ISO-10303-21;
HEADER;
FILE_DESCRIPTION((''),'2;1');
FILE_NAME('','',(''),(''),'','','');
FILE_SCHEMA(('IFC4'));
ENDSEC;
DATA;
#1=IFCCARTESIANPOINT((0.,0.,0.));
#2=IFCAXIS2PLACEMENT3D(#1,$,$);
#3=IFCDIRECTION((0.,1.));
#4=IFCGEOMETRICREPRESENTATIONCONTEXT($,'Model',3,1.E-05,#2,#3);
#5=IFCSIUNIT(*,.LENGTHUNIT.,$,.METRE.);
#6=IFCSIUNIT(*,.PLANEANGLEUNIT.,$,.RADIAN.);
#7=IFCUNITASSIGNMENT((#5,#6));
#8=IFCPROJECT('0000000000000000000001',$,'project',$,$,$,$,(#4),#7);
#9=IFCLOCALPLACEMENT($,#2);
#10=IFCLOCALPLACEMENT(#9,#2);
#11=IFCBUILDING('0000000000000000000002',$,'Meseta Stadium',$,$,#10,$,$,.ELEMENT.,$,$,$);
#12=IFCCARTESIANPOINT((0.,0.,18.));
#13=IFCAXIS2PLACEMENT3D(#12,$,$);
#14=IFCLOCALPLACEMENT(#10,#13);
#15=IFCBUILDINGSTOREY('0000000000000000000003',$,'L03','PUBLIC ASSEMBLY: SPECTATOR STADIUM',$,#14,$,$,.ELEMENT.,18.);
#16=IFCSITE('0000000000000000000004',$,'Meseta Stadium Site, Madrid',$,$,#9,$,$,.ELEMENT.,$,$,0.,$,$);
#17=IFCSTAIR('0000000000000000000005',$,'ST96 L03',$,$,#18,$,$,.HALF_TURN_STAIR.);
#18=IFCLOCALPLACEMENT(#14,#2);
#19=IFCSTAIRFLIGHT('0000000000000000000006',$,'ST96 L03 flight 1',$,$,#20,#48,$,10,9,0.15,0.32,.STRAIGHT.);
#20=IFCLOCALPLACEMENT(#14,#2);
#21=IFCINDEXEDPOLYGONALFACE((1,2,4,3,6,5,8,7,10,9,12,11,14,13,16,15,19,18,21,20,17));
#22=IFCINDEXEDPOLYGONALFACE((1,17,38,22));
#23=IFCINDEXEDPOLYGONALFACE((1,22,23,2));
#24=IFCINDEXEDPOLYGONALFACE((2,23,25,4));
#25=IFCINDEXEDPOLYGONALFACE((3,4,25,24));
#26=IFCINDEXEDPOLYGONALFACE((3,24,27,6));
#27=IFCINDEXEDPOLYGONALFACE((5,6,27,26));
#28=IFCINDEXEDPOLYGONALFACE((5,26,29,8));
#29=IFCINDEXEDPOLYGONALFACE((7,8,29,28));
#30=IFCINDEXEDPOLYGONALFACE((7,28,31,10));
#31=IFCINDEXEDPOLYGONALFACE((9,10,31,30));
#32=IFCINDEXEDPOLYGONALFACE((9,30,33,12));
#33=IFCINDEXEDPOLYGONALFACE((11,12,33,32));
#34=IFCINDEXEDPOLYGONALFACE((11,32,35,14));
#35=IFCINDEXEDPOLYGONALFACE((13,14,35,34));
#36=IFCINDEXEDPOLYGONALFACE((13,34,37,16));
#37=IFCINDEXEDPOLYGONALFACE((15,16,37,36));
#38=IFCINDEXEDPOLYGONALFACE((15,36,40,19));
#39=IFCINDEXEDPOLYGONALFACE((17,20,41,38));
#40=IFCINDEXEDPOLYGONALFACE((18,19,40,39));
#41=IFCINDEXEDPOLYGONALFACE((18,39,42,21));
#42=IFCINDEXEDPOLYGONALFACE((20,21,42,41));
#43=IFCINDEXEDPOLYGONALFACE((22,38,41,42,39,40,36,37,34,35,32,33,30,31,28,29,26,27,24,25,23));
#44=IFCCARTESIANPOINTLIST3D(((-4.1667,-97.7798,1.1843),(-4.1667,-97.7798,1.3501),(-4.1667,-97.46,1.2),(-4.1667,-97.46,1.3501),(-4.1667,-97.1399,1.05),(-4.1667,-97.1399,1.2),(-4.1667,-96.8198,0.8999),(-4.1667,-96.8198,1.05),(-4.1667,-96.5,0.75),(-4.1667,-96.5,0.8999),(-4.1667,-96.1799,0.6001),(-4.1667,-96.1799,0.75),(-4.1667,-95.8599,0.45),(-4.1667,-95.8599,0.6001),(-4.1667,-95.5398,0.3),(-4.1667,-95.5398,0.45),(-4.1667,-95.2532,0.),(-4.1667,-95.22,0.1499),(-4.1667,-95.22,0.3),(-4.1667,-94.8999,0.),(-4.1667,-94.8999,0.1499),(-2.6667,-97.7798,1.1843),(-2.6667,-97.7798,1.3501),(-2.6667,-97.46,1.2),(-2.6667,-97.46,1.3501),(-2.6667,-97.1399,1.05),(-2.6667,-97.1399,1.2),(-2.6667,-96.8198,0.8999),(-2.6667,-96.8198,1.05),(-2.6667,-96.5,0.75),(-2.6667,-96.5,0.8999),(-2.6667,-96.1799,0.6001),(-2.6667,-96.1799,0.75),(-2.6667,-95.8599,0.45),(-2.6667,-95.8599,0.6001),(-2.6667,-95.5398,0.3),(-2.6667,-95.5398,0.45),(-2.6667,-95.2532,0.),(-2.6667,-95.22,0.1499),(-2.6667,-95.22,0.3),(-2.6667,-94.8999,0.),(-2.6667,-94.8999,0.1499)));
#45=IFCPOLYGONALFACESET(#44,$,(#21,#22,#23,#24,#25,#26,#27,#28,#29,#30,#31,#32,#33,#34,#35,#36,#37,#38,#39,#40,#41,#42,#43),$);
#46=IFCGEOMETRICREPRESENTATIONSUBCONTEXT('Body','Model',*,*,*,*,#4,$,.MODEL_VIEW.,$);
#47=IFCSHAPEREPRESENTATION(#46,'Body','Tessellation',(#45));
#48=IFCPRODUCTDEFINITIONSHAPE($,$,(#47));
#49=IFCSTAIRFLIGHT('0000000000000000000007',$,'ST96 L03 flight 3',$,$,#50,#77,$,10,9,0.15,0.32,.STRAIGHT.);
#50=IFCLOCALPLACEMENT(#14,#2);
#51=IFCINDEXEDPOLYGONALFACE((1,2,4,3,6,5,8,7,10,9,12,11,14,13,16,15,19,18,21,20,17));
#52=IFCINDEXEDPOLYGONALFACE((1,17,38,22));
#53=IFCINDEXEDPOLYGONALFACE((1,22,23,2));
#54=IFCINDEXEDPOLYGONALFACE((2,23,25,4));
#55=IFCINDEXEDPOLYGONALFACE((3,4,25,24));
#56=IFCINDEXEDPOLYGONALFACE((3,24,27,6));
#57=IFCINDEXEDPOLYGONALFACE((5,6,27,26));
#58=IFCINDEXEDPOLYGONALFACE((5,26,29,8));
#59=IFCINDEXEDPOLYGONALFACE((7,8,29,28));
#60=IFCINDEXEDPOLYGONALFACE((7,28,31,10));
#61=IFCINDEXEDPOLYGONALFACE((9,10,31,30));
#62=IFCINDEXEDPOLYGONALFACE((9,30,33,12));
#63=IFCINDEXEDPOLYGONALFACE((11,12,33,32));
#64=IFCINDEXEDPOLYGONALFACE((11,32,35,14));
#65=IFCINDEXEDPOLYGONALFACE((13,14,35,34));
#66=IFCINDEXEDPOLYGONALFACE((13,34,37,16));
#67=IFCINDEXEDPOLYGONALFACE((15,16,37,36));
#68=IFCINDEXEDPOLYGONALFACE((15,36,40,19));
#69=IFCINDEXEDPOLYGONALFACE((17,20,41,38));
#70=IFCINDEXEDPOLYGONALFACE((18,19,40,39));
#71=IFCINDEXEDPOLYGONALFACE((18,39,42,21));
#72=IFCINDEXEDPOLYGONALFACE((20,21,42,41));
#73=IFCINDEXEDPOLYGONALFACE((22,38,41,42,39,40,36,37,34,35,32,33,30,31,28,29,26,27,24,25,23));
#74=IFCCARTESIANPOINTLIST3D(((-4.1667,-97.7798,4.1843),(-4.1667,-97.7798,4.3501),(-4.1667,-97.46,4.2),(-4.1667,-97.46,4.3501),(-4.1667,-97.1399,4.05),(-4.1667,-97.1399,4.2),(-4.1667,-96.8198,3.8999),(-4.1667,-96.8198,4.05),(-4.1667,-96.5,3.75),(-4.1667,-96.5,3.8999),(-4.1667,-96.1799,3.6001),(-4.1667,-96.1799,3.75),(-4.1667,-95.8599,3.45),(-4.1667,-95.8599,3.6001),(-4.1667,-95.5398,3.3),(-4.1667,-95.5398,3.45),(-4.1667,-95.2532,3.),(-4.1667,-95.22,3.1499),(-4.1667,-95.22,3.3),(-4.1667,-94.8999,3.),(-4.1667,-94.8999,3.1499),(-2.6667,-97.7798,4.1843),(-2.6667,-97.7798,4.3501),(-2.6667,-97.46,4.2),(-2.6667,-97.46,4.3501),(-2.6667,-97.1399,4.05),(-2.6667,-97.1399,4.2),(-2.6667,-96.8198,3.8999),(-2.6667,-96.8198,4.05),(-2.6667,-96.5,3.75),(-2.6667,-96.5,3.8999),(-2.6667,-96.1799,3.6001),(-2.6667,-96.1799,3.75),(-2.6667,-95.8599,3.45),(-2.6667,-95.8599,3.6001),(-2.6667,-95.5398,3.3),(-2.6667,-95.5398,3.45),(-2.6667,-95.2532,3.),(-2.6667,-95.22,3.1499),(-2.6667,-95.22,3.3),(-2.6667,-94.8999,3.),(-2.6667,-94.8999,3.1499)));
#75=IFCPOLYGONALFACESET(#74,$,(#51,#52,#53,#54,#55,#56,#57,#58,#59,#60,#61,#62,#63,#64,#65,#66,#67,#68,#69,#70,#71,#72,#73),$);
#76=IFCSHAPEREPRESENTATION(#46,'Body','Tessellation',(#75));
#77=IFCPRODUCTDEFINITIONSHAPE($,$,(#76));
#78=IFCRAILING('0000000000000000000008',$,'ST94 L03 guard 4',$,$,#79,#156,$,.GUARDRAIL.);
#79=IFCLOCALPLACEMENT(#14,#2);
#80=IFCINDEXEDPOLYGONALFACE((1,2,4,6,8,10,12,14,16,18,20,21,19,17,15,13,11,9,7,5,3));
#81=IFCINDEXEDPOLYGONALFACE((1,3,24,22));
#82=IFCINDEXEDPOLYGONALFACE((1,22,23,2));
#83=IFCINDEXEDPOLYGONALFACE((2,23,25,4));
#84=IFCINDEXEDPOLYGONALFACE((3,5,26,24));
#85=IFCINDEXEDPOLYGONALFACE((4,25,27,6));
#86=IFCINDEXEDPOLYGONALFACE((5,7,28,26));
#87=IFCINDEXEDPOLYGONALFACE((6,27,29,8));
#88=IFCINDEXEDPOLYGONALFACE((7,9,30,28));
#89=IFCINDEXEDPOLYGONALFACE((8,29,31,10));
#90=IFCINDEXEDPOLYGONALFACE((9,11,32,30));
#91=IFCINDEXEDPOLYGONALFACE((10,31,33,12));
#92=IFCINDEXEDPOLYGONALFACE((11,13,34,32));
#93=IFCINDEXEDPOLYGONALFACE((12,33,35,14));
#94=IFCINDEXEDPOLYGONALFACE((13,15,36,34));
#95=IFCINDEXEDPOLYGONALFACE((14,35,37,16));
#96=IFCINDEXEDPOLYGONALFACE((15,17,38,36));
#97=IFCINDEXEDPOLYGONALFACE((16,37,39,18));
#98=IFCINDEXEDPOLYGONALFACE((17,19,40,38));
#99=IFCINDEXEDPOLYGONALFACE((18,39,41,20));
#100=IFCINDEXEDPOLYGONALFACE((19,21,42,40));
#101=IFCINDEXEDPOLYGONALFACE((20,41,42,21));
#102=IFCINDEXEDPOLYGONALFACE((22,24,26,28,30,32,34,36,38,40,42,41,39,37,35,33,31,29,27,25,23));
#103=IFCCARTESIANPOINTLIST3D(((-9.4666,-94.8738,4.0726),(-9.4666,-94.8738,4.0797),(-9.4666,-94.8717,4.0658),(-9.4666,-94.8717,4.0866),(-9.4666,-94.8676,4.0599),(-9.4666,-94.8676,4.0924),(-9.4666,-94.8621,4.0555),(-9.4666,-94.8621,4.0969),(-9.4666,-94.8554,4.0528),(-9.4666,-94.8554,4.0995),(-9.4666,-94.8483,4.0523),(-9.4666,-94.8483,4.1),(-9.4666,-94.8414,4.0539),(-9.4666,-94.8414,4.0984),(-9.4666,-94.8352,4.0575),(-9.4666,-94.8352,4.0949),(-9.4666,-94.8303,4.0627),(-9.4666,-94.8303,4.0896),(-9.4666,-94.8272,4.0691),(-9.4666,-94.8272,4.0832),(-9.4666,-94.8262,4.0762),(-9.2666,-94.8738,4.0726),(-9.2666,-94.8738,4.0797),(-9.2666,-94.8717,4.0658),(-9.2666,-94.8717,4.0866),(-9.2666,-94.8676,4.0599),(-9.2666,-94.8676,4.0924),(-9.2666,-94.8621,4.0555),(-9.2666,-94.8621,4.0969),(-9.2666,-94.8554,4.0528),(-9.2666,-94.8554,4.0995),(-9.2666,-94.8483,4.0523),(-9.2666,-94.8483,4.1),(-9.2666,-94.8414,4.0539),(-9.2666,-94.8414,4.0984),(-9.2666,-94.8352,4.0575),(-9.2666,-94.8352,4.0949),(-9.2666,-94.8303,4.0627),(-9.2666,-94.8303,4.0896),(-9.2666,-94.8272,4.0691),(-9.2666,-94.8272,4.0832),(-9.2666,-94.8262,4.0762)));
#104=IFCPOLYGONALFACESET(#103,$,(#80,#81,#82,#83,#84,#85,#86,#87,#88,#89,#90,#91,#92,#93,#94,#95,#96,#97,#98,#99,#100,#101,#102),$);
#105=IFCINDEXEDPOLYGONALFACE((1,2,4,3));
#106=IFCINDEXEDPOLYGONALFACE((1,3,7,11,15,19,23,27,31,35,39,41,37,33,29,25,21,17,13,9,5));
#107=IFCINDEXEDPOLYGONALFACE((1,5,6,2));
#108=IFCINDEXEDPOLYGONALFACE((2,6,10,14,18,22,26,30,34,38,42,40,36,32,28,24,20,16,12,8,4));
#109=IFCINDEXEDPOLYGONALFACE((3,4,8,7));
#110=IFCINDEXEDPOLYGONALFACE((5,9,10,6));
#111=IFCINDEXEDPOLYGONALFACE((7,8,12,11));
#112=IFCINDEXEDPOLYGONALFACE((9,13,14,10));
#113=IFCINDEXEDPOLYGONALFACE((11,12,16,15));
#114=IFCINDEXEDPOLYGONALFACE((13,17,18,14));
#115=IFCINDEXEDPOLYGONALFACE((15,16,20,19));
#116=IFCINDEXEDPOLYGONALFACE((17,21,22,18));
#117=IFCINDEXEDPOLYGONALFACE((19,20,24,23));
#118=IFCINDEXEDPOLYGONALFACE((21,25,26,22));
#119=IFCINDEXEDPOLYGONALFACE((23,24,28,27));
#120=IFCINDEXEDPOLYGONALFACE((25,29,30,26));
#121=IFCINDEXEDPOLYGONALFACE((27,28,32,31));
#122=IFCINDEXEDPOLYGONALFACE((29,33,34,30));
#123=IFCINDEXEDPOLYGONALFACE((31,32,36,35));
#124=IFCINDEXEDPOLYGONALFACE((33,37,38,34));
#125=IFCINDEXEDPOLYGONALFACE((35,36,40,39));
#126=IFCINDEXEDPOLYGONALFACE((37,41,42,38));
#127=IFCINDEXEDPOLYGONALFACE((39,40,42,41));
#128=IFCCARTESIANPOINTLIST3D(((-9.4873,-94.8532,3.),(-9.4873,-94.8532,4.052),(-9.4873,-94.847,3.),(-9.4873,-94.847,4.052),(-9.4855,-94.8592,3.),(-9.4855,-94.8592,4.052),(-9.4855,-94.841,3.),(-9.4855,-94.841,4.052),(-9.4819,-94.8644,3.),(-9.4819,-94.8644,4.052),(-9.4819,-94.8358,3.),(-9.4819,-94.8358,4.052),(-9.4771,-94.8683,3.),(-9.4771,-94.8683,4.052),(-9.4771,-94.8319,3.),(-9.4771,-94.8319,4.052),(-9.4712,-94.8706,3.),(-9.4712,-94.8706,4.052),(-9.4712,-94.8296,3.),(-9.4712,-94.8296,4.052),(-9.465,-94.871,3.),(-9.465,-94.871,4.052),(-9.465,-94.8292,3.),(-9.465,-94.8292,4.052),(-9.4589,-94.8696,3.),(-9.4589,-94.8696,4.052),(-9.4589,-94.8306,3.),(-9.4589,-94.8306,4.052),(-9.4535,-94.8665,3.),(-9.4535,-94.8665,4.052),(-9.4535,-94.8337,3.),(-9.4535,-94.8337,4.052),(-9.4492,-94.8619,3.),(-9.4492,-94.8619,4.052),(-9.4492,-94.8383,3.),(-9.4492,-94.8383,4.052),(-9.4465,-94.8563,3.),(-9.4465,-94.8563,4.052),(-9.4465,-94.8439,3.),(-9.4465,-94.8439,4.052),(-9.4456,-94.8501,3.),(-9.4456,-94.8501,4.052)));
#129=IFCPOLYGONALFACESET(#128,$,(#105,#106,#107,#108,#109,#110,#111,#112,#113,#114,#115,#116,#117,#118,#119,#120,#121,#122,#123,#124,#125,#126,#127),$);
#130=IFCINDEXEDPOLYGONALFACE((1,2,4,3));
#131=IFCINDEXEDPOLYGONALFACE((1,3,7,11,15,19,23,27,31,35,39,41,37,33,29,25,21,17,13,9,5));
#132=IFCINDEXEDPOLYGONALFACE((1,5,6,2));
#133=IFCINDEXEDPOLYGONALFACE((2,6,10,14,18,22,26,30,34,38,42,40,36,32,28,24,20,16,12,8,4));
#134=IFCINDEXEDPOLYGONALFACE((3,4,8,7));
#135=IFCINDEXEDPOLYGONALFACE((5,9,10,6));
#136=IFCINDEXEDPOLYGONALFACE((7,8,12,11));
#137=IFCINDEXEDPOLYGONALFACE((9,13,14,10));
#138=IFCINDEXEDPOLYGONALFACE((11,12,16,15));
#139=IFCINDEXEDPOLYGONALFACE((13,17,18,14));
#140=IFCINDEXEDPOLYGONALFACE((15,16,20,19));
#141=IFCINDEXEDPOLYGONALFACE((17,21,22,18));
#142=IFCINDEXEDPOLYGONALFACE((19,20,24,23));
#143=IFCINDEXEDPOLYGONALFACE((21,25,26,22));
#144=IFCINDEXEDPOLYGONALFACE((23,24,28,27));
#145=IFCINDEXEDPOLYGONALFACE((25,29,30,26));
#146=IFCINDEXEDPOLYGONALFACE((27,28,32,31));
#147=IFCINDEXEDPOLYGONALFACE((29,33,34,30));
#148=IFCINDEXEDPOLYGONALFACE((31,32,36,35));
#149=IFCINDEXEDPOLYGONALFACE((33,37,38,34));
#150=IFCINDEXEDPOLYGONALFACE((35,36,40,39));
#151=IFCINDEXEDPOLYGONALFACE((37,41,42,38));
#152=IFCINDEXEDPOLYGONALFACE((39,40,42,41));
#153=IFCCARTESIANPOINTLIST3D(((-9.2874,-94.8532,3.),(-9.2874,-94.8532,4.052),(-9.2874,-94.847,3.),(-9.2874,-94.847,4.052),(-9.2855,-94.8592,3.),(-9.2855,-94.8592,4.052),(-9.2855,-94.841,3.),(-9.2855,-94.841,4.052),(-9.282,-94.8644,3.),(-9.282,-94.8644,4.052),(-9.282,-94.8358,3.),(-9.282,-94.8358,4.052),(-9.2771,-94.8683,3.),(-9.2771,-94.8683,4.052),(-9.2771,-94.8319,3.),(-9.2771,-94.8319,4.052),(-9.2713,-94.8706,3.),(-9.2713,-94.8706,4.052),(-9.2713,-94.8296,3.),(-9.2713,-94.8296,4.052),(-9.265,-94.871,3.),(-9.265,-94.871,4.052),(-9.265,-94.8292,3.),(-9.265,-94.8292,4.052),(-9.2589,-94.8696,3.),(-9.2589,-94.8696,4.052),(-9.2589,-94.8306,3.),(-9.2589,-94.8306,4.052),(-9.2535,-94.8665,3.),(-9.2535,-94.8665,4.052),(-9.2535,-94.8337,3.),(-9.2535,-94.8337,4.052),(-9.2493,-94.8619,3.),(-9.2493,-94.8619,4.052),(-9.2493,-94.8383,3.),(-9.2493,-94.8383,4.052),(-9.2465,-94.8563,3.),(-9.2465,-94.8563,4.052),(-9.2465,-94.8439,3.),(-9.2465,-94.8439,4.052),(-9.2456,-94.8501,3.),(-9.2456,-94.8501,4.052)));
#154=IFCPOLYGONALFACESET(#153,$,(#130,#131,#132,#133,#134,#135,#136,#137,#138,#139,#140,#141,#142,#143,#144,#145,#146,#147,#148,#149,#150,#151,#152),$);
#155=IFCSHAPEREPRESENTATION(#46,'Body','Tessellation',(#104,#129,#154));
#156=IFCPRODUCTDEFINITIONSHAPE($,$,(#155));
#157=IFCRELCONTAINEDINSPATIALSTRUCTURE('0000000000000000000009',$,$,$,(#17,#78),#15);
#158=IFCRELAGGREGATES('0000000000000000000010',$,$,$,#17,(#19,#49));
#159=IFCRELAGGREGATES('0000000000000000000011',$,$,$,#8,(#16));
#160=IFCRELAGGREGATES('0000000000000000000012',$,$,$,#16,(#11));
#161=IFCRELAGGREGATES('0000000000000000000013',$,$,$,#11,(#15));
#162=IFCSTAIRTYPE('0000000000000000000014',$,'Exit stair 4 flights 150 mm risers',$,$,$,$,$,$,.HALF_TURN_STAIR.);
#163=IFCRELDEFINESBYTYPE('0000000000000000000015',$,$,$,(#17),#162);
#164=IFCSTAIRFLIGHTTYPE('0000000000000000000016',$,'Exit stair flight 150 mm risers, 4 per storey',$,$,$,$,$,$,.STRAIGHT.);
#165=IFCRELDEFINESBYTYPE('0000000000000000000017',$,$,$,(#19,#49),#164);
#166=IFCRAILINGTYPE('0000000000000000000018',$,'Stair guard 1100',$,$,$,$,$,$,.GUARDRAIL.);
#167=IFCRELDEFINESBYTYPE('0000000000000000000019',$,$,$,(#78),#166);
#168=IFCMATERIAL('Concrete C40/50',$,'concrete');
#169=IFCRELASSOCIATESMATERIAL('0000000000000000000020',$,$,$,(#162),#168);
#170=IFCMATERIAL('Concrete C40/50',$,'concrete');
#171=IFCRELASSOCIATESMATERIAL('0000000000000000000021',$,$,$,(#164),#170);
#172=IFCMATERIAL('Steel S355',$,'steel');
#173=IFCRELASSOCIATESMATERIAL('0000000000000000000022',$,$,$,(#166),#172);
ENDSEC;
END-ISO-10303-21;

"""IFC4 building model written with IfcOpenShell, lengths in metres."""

from ifc_helpers import new_model, si_unit, direction, frame, origin, origin_2d, place, context, subcontext, project, spatial, polyline, circle, outline, extrude, material, type_object, element, aggregate, save


model = new_model("IFC4")

# Units and contexts
model_context = context("Model", 3, precision=1e-05, world=origin(), true_north=direction((0.0, 1.0)))
body_context = subcontext(model_context, "Body", "Model", "MODEL_VIEW")
ifc_project = project(units=[si_unit("LENGTHUNIT", "METRE"), si_unit("PLANEANGLEUNIT", "RADIAN")], contexts=[model_context])

# Site, building, storey
site_placement = place(None, origin())
site = spatial("IfcSite", under=ifc_project, at=site_placement, Name="Meseta Stadium Site, Madrid", CompositionType="ELEMENT", RefElevation=0.0)
building_placement = place(site_placement, origin())
building = spatial("IfcBuilding", under=site, at=building_placement, Name="Meseta Stadium", CompositionType="ELEMENT")
storey_placement = place(building_placement, frame((0.0, 0.0, 18.0)))
storey = spatial("IfcBuildingStorey", under=building, at=storey_placement, Name="L03", Description="PUBLIC ASSEMBLY: SPECTATOR STADIUM", CompositionType="ELEMENT", Elevation=18.0)

# Stair, stair flights
ifc_material_1 = material(Name="Concrete C40/50", Category="concrete")
stair_type = type_object("IfcStairType", Name="Exit stair 4 flights 150 mm risers", PredefinedType="HALF_TURN_STAIR", material=ifc_material_1)
ifc_material_2 = material(Name="Concrete C40/50", Category="concrete")
stair_flight_type = type_object("IfcStairFlightType", Name="Exit stair flight 150 mm risers, 4 per storey", PredefinedType="STRAIGHT", material=ifc_material_2)
stair_1_placement = place(storey_placement, origin())
stair_1 = element("IfcStair", 1, at=stair_1_placement, inside=storey, type_object=stair_type, Name="ST96 L03", PredefinedType="HALF_TURN_STAIR")
stair_flight_1_placement = place(storey_placement, frame((-3.4167, -94.8999, 0.0), z_axis=(0.0, 0.0, 1.0), x_axis=(0.0, -1.0, 0.0)))
stair_flight_1 = element("IfcStairFlight", 2, at=stair_flight_1_placement, type_object=stair_flight_type, Name="ST96 L03 flight 1", NumberOfRisers=10, NumberOfTreads=9, PredefinedType="STRAIGHT", RiserHeight=0.15, TreadLength=0.32, context=body_context, shape_type="SweptSolid", body=[
    extrude(outline(polyline([(0.0, 0.0), (0.0, 0.1499), (0.3201, 0.1499), (0.3201, 0.3), (0.6399, 0.3), (0.6399, 0.45), (0.96, 0.45), (0.96, 0.6001), (1.28, 0.6001), (1.28, 0.75), (1.6001, 0.75), (1.6001, 0.8999), (1.9199, 0.8999), (1.9199, 1.05), (2.24, 1.05), (2.24, 1.2), (2.5601, 1.2), (2.5601, 1.3501), (2.8799, 1.3501), (2.8799, 1.1843), (0.3533, 0.0), (0.0, 0.0)])), frame((0.0, 0.75, 0.0), z_axis=(0.0, -1.0, 0.0), x_axis=(1.0, 0.0, 0.0)), (0.0, 0.0, 1.0), 1.5),
])
stair_flight_2_placement = place(storey_placement, frame((-3.4167, -94.8999, 3.0), z_axis=(0.0, 0.0, 1.0), x_axis=(0.0, -1.0, 0.0)))
stair_flight_2 = element("IfcStairFlight", 3, at=stair_flight_2_placement, type_object=stair_flight_type, Name="ST96 L03 flight 3", NumberOfRisers=10, NumberOfTreads=9, PredefinedType="STRAIGHT", RiserHeight=0.15, TreadLength=0.32, context=body_context, shape_type="SweptSolid", body=[
    extrude(outline(polyline([(0.0, 0.0), (0.0, 0.1499), (0.3201, 0.1499), (0.3201, 0.3), (0.6399, 0.3), (0.6399, 0.45), (0.96, 0.45), (0.96, 0.6001), (1.28, 0.6001), (1.28, 0.75), (1.6001, 0.75), (1.6001, 0.8999), (1.9199, 0.8999), (1.9199, 1.05), (2.24, 1.05), (2.24, 1.2), (2.5601, 1.2), (2.5601, 1.3501), (2.8799, 1.3501), (2.8799, 1.1843), (0.3533, 0.0), (0.0, 0.0)])), frame((0.0, 0.75, 0.0), z_axis=(0.0, -1.0, 0.0), x_axis=(1.0, 0.0, 0.0)), (0.0, 0.0, 1.0), 1.5),
])
aggregate(stair_1, [stair_flight_1, stair_flight_2])

# Railing
ifc_material_3 = material(Name="Steel S355", Category="steel")
railing_type_1 = type_object("IfcRailingType", Name="Stair guard 1100", PredefinedType="GUARDRAIL", material=ifc_material_3)
railing_1_placement = place(storey_placement, frame((-9.4666, -94.8501, 3.0)))
element("IfcRailing", 4, at=railing_1_placement, inside=storey, type_object=railing_type_1, Name="ST94 L03 guard 4", PredefinedType="GUARDRAIL", context=body_context, shape_type="SweptSolid", body=[
    extrude(circle(Radius=0.0239, at=origin_2d()), frame((0.0, 0.0, 1.0762), z_axis=(1.0, 0.0, 0.0), x_axis=(0.0, 1.0, 0.0)), (0.0, 0.0, 1.0), 0.2),
    extrude(circle(Radius=0.021, at=origin_2d()), origin(), (0.0, 0.0, 1.0), 1.052),
    extrude(circle(Radius=0.021, at=origin_2d()), frame((0.2, 0.0, 0.0)), (0.0, 0.0, 1.0), 1.052),
])

save(model, "model.ifc")
